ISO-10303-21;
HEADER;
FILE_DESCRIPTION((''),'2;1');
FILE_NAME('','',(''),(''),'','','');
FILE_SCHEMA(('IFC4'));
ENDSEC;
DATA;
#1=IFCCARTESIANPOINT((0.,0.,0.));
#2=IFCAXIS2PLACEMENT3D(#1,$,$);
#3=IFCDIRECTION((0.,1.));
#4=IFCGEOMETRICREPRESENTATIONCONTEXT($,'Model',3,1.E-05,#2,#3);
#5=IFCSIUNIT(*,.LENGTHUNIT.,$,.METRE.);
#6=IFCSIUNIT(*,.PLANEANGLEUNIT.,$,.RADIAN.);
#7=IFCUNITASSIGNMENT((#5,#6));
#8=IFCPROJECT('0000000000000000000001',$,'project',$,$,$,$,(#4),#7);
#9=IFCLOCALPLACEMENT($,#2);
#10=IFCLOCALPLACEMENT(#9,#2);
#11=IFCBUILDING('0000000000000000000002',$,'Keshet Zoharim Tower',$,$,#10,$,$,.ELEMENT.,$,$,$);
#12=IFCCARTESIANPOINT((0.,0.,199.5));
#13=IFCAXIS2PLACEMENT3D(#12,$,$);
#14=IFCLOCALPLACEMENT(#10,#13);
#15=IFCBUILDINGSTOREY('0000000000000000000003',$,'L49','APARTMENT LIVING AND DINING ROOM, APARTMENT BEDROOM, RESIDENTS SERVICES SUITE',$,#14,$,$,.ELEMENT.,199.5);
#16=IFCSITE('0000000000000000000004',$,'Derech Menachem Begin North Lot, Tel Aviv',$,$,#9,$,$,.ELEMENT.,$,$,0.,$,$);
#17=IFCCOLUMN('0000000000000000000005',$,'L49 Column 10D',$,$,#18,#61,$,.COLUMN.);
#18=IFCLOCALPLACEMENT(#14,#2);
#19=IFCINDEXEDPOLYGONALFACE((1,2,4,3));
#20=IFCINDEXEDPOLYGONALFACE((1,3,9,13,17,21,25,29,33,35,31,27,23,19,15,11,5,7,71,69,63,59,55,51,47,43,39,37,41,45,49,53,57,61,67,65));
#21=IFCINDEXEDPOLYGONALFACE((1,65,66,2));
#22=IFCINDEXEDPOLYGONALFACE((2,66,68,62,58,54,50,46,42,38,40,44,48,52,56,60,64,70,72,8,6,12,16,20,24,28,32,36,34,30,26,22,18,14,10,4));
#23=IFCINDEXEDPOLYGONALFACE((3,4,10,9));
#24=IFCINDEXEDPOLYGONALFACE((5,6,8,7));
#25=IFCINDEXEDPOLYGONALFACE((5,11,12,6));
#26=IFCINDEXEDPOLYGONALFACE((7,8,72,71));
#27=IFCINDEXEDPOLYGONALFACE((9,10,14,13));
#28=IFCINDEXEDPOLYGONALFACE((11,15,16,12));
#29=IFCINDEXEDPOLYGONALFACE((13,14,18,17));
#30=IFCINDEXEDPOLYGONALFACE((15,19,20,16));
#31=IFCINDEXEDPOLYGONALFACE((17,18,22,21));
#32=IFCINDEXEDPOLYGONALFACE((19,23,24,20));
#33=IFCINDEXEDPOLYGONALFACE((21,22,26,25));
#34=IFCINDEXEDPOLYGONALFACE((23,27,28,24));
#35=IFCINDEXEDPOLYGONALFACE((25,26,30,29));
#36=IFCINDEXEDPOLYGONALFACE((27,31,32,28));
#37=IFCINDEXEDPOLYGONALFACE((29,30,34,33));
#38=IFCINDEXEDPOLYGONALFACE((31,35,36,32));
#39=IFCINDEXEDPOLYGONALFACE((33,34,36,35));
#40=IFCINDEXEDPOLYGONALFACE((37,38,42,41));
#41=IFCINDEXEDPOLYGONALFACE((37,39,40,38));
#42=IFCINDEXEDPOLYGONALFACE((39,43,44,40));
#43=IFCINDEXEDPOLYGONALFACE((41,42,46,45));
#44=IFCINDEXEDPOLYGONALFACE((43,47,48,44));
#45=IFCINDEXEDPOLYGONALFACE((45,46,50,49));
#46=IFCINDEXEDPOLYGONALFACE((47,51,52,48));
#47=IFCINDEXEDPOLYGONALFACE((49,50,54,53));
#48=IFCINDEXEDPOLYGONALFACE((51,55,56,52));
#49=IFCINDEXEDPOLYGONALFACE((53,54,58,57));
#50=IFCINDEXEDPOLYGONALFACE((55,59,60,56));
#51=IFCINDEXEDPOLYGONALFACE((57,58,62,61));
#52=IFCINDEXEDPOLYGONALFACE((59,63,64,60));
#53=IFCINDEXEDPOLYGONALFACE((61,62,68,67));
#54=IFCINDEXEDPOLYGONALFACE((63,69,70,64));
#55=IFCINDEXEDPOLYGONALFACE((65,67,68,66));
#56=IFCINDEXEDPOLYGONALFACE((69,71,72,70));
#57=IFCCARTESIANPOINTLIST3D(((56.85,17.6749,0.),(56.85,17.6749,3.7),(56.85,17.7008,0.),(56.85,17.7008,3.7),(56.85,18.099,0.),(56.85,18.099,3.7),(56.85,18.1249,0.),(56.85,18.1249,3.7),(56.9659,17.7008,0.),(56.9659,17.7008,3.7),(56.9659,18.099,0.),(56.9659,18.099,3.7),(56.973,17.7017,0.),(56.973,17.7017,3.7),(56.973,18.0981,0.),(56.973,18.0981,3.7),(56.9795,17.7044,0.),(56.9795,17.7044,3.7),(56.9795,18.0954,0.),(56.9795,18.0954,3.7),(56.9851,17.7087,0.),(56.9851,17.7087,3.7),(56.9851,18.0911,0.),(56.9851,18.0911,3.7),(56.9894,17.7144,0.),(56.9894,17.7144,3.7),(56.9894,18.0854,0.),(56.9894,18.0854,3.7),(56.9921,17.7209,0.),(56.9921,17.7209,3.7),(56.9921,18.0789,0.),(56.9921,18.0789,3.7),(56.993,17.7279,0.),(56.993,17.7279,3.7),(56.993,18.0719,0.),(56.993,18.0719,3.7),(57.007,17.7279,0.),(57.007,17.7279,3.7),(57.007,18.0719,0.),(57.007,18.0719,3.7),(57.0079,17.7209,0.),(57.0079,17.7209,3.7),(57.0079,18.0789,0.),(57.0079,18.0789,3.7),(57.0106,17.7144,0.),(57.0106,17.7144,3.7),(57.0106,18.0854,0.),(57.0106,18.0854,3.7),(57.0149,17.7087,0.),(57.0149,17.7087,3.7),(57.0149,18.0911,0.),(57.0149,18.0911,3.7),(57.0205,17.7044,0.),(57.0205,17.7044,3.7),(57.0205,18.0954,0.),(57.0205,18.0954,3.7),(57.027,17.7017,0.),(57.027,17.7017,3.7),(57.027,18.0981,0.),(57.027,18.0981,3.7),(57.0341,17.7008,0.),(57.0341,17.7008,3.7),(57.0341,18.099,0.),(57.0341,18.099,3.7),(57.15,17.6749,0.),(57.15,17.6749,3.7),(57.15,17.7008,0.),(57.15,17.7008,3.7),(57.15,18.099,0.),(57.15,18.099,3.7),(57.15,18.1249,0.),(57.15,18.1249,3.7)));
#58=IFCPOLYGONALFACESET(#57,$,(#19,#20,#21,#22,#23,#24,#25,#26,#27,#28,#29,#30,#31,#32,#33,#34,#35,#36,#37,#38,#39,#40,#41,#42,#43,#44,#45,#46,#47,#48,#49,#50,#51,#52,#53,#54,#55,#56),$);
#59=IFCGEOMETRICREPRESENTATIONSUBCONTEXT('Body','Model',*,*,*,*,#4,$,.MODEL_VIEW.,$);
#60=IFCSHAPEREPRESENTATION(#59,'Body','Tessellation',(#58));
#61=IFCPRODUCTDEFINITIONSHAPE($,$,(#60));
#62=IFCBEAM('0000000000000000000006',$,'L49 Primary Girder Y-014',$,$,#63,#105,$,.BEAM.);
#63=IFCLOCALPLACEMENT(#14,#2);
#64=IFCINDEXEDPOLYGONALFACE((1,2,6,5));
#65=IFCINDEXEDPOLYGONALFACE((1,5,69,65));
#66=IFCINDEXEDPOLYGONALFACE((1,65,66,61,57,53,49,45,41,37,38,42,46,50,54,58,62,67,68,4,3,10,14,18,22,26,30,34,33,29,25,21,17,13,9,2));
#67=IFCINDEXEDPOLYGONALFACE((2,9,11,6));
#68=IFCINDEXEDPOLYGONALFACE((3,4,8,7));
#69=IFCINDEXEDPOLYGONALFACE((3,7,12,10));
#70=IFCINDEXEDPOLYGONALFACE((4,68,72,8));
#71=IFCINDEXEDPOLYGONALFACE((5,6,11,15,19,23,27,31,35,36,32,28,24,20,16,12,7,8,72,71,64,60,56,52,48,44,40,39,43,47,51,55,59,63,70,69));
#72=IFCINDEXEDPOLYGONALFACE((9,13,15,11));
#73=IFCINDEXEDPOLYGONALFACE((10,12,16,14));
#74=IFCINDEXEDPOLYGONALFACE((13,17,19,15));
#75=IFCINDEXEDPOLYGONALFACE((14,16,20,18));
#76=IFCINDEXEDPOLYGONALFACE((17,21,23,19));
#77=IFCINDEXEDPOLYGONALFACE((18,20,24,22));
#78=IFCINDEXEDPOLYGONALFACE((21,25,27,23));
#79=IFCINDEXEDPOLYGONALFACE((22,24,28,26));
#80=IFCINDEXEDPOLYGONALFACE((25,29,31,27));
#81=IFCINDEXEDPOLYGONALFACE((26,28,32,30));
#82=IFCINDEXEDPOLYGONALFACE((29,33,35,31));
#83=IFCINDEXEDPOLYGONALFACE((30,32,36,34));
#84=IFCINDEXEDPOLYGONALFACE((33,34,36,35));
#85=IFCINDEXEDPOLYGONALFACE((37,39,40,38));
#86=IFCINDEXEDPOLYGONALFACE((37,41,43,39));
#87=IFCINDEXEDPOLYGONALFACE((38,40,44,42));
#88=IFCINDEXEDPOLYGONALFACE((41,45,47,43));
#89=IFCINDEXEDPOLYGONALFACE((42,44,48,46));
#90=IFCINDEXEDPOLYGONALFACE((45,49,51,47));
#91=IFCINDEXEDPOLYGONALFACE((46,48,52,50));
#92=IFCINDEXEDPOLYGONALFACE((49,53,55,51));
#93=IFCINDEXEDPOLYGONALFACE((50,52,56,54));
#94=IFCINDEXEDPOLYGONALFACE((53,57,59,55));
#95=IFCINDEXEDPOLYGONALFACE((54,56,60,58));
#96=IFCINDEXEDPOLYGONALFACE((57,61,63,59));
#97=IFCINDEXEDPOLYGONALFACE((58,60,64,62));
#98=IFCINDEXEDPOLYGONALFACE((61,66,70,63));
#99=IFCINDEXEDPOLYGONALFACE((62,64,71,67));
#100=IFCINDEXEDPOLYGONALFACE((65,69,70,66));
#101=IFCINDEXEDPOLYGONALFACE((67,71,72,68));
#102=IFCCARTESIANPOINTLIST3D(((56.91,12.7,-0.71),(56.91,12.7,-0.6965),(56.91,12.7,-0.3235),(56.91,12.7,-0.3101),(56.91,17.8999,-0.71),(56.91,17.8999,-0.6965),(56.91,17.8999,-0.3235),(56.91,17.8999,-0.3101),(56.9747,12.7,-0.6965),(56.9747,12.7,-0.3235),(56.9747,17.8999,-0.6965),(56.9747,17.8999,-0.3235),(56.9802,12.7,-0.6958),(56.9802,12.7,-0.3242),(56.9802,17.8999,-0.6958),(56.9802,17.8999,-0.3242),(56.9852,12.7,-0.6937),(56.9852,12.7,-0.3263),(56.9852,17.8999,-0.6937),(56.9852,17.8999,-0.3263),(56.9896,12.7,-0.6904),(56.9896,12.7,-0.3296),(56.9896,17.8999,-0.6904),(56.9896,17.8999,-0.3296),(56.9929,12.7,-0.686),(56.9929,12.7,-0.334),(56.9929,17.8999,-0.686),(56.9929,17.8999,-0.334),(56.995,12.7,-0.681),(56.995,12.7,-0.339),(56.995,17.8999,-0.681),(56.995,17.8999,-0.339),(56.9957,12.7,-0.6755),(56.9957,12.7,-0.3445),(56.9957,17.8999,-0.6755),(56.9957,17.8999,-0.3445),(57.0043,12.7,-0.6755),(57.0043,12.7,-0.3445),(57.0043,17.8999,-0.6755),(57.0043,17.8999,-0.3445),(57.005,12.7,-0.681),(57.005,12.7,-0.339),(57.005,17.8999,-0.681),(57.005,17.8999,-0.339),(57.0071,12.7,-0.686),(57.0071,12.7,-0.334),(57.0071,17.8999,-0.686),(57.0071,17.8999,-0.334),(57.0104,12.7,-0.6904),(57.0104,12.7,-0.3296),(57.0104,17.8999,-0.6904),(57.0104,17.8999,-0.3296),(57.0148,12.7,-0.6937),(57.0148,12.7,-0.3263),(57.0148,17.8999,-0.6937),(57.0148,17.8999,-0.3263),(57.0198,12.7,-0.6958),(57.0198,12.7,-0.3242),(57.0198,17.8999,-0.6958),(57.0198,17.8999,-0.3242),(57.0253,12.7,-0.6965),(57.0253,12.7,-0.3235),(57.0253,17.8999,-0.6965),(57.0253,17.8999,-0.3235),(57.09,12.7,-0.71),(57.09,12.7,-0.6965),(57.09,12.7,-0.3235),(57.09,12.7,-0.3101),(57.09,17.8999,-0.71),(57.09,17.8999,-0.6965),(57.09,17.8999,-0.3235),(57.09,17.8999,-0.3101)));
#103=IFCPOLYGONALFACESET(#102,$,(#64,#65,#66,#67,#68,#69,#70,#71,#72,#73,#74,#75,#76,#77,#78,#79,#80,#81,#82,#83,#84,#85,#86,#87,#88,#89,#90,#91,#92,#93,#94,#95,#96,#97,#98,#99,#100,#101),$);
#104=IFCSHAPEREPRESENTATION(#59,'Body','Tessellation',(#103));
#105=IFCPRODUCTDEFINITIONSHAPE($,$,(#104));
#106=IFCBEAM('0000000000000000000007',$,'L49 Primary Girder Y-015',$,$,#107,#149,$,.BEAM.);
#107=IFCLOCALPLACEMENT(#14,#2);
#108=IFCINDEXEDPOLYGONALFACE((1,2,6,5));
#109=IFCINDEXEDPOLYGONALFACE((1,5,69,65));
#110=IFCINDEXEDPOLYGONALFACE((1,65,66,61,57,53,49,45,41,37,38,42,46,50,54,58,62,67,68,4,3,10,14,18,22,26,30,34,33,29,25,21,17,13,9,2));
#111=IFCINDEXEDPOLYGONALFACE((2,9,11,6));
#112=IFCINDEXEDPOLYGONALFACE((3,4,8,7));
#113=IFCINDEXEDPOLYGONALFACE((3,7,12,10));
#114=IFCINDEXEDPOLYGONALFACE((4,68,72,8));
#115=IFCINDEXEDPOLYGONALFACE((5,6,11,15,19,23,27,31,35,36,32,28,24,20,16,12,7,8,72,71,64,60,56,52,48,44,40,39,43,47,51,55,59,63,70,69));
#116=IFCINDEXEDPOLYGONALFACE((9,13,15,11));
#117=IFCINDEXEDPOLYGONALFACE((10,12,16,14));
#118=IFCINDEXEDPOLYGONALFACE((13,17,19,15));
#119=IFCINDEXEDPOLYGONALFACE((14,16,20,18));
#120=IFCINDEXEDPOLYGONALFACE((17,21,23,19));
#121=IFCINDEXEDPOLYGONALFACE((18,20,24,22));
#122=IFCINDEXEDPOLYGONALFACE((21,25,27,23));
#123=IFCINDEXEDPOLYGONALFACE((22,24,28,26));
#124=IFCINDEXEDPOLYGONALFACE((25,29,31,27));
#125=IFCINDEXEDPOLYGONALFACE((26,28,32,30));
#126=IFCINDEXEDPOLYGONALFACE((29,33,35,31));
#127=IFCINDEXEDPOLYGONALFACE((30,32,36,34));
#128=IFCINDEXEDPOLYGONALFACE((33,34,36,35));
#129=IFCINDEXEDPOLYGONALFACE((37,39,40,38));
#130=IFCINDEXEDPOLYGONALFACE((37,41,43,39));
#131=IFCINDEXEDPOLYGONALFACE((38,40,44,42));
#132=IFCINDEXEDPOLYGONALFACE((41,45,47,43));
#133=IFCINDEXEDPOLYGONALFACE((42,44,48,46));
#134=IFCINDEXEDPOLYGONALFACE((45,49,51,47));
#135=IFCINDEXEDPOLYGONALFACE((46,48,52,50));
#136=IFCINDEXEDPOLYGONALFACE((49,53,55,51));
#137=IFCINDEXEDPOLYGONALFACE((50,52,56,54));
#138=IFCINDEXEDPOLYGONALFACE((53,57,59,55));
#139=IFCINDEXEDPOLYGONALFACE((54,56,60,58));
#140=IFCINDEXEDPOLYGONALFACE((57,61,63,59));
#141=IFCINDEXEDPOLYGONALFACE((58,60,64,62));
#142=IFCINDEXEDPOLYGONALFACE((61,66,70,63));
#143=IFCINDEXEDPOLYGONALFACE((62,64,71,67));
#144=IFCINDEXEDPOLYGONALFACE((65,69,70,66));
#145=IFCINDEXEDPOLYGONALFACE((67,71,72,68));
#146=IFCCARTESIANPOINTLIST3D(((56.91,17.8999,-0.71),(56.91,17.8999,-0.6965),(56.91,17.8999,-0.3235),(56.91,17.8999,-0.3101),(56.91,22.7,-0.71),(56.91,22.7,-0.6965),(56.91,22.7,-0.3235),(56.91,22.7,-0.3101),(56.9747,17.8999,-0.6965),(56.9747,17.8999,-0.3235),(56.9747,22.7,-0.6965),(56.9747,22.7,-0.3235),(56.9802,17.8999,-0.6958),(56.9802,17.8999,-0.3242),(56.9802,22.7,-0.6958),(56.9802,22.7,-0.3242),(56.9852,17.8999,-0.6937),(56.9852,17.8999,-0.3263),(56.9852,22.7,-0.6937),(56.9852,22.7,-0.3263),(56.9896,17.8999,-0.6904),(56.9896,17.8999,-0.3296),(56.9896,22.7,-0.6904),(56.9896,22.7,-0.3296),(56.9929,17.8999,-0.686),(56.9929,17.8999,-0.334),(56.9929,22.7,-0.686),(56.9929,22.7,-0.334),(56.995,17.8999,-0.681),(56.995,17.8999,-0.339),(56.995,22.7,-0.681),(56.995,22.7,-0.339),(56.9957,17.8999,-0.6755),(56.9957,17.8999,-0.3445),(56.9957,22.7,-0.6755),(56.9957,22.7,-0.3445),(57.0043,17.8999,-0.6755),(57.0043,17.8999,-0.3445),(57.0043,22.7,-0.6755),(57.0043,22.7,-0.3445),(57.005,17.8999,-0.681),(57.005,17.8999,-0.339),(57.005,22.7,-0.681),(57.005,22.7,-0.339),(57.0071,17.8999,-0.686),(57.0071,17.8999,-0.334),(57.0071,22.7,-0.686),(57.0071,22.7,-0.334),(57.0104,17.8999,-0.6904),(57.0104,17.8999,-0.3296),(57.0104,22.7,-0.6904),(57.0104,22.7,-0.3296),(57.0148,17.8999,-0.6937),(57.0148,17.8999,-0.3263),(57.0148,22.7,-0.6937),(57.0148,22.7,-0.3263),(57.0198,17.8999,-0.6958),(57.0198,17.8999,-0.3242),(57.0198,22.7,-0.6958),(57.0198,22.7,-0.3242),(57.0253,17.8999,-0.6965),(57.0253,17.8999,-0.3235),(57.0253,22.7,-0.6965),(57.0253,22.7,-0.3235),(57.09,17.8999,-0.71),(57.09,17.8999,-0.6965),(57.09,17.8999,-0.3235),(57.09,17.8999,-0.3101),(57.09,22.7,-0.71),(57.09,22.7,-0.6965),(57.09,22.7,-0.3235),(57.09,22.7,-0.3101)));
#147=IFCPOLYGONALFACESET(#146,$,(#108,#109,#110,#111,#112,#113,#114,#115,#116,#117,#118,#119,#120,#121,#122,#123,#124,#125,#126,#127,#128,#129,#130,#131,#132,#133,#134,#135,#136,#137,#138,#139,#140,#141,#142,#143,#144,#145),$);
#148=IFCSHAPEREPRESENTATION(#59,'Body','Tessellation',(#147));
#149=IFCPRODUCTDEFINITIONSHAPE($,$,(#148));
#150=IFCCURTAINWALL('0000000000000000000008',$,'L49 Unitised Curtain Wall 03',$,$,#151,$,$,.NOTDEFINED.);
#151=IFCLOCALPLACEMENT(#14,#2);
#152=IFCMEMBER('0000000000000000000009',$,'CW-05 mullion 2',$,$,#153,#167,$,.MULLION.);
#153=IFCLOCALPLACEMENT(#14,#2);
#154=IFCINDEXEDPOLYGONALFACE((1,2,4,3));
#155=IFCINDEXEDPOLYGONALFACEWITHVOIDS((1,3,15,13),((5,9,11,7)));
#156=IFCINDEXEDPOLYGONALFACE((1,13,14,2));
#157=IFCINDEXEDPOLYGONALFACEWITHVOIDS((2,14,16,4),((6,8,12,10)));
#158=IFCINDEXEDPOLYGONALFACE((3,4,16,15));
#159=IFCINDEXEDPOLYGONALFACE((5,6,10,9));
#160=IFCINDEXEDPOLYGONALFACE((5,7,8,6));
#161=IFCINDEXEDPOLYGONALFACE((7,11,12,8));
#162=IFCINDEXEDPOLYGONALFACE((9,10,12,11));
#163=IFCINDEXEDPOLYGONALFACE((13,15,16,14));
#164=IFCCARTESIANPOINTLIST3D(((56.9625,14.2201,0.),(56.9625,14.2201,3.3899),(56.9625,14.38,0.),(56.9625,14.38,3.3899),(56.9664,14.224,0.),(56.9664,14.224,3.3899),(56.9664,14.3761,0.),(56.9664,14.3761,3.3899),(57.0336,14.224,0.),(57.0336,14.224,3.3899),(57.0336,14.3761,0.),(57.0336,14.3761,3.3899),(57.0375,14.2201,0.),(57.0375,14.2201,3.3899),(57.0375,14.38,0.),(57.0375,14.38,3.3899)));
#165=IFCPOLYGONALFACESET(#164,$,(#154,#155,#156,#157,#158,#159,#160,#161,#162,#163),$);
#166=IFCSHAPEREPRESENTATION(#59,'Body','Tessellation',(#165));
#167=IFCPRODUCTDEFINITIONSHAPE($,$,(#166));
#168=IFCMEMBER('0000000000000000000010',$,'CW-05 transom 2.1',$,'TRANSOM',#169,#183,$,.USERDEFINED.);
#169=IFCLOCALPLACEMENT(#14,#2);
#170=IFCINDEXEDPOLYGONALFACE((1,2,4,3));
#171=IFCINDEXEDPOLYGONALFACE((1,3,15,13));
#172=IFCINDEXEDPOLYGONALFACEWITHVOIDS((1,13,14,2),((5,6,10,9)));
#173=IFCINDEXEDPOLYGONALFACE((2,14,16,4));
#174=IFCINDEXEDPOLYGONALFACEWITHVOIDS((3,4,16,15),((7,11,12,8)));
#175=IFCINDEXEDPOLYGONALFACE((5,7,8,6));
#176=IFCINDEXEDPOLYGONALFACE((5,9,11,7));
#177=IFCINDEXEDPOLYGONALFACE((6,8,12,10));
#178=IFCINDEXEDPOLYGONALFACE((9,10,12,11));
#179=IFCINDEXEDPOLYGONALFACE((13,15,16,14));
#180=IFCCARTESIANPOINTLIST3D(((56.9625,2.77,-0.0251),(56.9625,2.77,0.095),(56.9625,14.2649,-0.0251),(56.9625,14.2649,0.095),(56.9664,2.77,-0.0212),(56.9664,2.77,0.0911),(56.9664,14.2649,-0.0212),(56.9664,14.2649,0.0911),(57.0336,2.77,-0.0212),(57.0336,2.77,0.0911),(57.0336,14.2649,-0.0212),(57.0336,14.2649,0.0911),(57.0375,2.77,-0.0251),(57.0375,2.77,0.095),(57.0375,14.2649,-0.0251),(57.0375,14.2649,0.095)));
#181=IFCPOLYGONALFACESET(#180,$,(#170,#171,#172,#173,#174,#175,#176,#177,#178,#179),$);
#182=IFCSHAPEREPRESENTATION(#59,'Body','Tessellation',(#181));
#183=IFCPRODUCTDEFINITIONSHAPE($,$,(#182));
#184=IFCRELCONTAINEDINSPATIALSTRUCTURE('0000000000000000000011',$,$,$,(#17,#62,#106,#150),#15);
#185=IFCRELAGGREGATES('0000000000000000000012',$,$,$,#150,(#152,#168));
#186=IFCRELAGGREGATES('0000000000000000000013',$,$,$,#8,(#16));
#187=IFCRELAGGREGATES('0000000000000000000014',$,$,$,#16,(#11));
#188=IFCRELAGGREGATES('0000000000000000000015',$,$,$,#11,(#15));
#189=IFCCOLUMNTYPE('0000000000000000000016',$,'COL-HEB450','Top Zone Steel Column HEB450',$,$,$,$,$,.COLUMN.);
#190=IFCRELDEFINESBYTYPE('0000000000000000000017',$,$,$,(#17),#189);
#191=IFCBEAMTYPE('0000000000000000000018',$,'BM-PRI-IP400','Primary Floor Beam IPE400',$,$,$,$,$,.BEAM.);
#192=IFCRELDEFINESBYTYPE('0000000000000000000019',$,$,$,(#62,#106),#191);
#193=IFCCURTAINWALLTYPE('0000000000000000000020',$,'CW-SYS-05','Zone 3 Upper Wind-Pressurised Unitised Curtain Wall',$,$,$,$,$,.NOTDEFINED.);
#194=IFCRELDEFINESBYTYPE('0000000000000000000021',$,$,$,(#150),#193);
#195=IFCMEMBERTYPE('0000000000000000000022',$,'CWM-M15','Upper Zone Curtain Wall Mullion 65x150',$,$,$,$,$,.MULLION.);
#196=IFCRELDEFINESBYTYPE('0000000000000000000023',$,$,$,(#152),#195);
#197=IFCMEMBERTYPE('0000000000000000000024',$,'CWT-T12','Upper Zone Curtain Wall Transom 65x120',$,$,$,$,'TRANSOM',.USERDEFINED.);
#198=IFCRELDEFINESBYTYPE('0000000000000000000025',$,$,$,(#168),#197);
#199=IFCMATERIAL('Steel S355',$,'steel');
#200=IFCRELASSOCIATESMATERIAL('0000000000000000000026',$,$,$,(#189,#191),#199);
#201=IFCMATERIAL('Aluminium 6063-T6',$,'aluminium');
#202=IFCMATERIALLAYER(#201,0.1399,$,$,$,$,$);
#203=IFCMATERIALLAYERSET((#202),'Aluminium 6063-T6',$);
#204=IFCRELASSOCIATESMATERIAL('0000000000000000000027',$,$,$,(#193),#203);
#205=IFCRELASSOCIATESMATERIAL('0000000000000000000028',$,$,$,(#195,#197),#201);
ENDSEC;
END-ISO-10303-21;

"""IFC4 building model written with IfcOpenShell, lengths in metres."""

from ifc_helpers import new_model, si_unit, direction, frame, origin, origin_2d, place, context, subcontext, project, spatial, hollow_rectangle, i_section, extrude, material, layer, layer_set, material_profile, profile_set, type_object, element, aggregate, save


model = new_model("IFC4")

# Units and contexts
model_context = context("Model", 3, precision=1e-05, world=origin(), true_north=direction((0.0, 1.0)))
body_context = subcontext(model_context, "Body", "Model", "MODEL_VIEW")
ifc_project = project(units=[si_unit("LENGTHUNIT", "METRE"), si_unit("PLANEANGLEUNIT", "RADIAN")], contexts=[model_context])

# Site, building, storey
site_placement = place(None, origin())
site = spatial("IfcSite", under=ifc_project, at=site_placement, Name="Derech Menachem Begin North Lot, Tel Aviv", CompositionType="ELEMENT", RefElevation=0.0)
building_placement = place(site_placement, origin())
building = spatial("IfcBuilding", under=site, at=building_placement, Name="Keshet Zoharim Tower", CompositionType="ELEMENT")
storey_placement = place(building_placement, frame((0.0, 0.0, 199.5)))
storey = spatial("IfcBuildingStorey", under=building, at=storey_placement, Name="L49", Description="APARTMENT LIVING AND DINING ROOM, APARTMENT BEDROOM, RESIDENTS SERVICES SUITE", CompositionType="ELEMENT", Elevation=199.5)

# Column
ifc_material_1 = material(Name="Steel S355", Category="steel")
ifc_material_profile_1 = material_profile(ifc_material_1, i_section(OverallWidth=0.3, OverallDepth=0.45, WebThickness=0.0139, FlangeThickness=0.0259, FilletRadius=0.0271, at=origin_2d()), Name="HEB450")
ifc_profile_set_1 = profile_set([ifc_material_profile_1], Name="Steel S355")
column_type = type_object("IfcColumnType", Name="COL-HEB450", Description="Top Zone Steel Column HEB450", PredefinedType="COLUMN", material=ifc_profile_set_1)
column_placement = place(storey_placement, frame((57.0, 17.8999, 0.0), z_axis=(0.0, 0.0, 1.0), x_axis=(1.0, 0.0, 0.0)))
element("IfcColumn", 1, at=column_placement, inside=storey, type_object=column_type, Name="L49 Column 10D", PredefinedType="COLUMN", context=body_context, shape_type="SweptSolid", body=[
    extrude(i_section(OverallWidth=0.3, OverallDepth=0.45, WebThickness=0.0139, FlangeThickness=0.0259, FilletRadius=0.0271, at=origin_2d()), origin(), (0.0, 0.0, 1.0), 3.7),
])

# Beams
ifc_material_profile_2 = material_profile(ifc_material_1, i_section(OverallWidth=0.1799, OverallDepth=0.3999, WebThickness=0.0085, FlangeThickness=0.0134, FilletRadius=0.021, at=origin_2d()), Name="IPE400")
ifc_profile_set_2 = profile_set([ifc_material_profile_2], Name="Steel S355")
beam_type = type_object("IfcBeamType", Name="BM-PRI-IP400", Description="Primary Floor Beam IPE400", PredefinedType="BEAM", material=ifc_profile_set_2)
beam_1_placement = place(storey_placement, frame((57.0, 12.7, -0.51), z_axis=(0.0, 1.0, 0.0), x_axis=(-1.0, 0.0, 0.0)))
element("IfcBeam", 2, at=beam_1_placement, inside=storey, type_object=beam_type, Name="L49 Primary Girder Y-014", PredefinedType="BEAM", context=body_context, shape_type="SweptSolid", body=[
    extrude(i_section(OverallWidth=0.1799, OverallDepth=0.3999, WebThickness=0.0085, FlangeThickness=0.0134, FilletRadius=0.021, at=origin_2d()), origin(), (0.0, 0.0, 1.0), 5.2),
])
beam_2_placement = place(storey_placement, frame((57.0, 17.8999, -0.51), z_axis=(0.0, 1.0, 0.0), x_axis=(-1.0, 0.0, 0.0)))
element("IfcBeam", 3, at=beam_2_placement, inside=storey, type_object=beam_type, Name="L49 Primary Girder Y-015", PredefinedType="BEAM", context=body_context, shape_type="SweptSolid", body=[
    extrude(i_section(OverallWidth=0.1799, OverallDepth=0.3999, WebThickness=0.0085, FlangeThickness=0.0134, FilletRadius=0.021, at=origin_2d()), origin(), (0.0, 0.0, 1.0), 4.8),
])

# Curtain wall, members
ifc_material_2 = material(Name="Aluminium 6063-T6", Category="aluminium")
ifc_layer_1 = layer(ifc_material_2, 0.1399)
ifc_layer_set_1 = layer_set([ifc_layer_1], Name="Aluminium 6063-T6")
curtain_wall_type = type_object("IfcCurtainWallType", Name="CW-SYS-05", Description="Zone 3 Upper Wind-Pressurised Unitised Curtain Wall", PredefinedType="NOTDEFINED", material=ifc_layer_set_1)
curtain_wall_placement = place(storey_placement, origin())
curtain_wall = element("IfcCurtainWall", 4, at=curtain_wall_placement, inside=storey, type_object=curtain_wall_type, Name="L49 Unitised Curtain Wall 03", PredefinedType="NOTDEFINED")
ifc_material_profile_3 = material_profile(ifc_material_2, hollow_rectangle(XDim=0.075, YDim=0.1599, WallThickness=0.0039, at=origin_2d()), Name="MUL-75x160")
ifc_profile_set_3 = profile_set([ifc_material_profile_3], Name="Aluminium 6063-T6")
member_type_1 = type_object("IfcMemberType", Name="CWM-M15", Description="Upper Zone Curtain Wall Mullion 65x150", PredefinedType="MULLION", material=ifc_profile_set_3)
member_1_placement = place(storey_placement, frame((57.0, 14.3, 0.0), z_axis=(0.0, 0.0, 1.0), x_axis=(1.0, 0.0, 0.0)))
member_1 = element("IfcMember", 5, at=member_1_placement, type_object=member_type_1, Name="CW-05 mullion 2", PredefinedType="MULLION", context=body_context, shape_type="SweptSolid", body=[
    extrude(hollow_rectangle(XDim=0.075, YDim=0.1599, WallThickness=0.0039, at=origin_2d()), origin(), (0.0, 0.0, 1.0), 3.3899),
])
ifc_material_profile_4 = material_profile(ifc_material_2, hollow_rectangle(XDim=0.075, YDim=0.1201, WallThickness=0.0039, at=origin_2d()), Name="TRN-75x120")
ifc_profile_set_4 = profile_set([ifc_material_profile_4], Name="Aluminium 6063-T6")
member_type_2 = type_object("IfcMemberType", Name="CWT-T12", Description="Upper Zone Curtain Wall Transom 65x120", ElementType="TRANSOM", PredefinedType="USERDEFINED", material=ifc_profile_set_4)
member_2_placement = place(storey_placement, frame((57.0, 14.2649, 0.0349), z_axis=(0.0, -1.0, 0.0), x_axis=(1.0, 0.0, 0.0)))
member_2 = element("IfcMember", 6, at=member_2_placement, type_object=member_type_2, Name="CW-05 transom 2.1", ObjectType="TRANSOM", PredefinedType="USERDEFINED", context=body_context, shape_type="SweptSolid", body=[
    extrude(hollow_rectangle(XDim=0.075, YDim=0.1201, WallThickness=0.0039, at=origin_2d()), origin(), (0.0, 0.0, 1.0), 11.4949),
])
aggregate(curtain_wall, [member_1, member_2])

save(model, "model.ifc")
